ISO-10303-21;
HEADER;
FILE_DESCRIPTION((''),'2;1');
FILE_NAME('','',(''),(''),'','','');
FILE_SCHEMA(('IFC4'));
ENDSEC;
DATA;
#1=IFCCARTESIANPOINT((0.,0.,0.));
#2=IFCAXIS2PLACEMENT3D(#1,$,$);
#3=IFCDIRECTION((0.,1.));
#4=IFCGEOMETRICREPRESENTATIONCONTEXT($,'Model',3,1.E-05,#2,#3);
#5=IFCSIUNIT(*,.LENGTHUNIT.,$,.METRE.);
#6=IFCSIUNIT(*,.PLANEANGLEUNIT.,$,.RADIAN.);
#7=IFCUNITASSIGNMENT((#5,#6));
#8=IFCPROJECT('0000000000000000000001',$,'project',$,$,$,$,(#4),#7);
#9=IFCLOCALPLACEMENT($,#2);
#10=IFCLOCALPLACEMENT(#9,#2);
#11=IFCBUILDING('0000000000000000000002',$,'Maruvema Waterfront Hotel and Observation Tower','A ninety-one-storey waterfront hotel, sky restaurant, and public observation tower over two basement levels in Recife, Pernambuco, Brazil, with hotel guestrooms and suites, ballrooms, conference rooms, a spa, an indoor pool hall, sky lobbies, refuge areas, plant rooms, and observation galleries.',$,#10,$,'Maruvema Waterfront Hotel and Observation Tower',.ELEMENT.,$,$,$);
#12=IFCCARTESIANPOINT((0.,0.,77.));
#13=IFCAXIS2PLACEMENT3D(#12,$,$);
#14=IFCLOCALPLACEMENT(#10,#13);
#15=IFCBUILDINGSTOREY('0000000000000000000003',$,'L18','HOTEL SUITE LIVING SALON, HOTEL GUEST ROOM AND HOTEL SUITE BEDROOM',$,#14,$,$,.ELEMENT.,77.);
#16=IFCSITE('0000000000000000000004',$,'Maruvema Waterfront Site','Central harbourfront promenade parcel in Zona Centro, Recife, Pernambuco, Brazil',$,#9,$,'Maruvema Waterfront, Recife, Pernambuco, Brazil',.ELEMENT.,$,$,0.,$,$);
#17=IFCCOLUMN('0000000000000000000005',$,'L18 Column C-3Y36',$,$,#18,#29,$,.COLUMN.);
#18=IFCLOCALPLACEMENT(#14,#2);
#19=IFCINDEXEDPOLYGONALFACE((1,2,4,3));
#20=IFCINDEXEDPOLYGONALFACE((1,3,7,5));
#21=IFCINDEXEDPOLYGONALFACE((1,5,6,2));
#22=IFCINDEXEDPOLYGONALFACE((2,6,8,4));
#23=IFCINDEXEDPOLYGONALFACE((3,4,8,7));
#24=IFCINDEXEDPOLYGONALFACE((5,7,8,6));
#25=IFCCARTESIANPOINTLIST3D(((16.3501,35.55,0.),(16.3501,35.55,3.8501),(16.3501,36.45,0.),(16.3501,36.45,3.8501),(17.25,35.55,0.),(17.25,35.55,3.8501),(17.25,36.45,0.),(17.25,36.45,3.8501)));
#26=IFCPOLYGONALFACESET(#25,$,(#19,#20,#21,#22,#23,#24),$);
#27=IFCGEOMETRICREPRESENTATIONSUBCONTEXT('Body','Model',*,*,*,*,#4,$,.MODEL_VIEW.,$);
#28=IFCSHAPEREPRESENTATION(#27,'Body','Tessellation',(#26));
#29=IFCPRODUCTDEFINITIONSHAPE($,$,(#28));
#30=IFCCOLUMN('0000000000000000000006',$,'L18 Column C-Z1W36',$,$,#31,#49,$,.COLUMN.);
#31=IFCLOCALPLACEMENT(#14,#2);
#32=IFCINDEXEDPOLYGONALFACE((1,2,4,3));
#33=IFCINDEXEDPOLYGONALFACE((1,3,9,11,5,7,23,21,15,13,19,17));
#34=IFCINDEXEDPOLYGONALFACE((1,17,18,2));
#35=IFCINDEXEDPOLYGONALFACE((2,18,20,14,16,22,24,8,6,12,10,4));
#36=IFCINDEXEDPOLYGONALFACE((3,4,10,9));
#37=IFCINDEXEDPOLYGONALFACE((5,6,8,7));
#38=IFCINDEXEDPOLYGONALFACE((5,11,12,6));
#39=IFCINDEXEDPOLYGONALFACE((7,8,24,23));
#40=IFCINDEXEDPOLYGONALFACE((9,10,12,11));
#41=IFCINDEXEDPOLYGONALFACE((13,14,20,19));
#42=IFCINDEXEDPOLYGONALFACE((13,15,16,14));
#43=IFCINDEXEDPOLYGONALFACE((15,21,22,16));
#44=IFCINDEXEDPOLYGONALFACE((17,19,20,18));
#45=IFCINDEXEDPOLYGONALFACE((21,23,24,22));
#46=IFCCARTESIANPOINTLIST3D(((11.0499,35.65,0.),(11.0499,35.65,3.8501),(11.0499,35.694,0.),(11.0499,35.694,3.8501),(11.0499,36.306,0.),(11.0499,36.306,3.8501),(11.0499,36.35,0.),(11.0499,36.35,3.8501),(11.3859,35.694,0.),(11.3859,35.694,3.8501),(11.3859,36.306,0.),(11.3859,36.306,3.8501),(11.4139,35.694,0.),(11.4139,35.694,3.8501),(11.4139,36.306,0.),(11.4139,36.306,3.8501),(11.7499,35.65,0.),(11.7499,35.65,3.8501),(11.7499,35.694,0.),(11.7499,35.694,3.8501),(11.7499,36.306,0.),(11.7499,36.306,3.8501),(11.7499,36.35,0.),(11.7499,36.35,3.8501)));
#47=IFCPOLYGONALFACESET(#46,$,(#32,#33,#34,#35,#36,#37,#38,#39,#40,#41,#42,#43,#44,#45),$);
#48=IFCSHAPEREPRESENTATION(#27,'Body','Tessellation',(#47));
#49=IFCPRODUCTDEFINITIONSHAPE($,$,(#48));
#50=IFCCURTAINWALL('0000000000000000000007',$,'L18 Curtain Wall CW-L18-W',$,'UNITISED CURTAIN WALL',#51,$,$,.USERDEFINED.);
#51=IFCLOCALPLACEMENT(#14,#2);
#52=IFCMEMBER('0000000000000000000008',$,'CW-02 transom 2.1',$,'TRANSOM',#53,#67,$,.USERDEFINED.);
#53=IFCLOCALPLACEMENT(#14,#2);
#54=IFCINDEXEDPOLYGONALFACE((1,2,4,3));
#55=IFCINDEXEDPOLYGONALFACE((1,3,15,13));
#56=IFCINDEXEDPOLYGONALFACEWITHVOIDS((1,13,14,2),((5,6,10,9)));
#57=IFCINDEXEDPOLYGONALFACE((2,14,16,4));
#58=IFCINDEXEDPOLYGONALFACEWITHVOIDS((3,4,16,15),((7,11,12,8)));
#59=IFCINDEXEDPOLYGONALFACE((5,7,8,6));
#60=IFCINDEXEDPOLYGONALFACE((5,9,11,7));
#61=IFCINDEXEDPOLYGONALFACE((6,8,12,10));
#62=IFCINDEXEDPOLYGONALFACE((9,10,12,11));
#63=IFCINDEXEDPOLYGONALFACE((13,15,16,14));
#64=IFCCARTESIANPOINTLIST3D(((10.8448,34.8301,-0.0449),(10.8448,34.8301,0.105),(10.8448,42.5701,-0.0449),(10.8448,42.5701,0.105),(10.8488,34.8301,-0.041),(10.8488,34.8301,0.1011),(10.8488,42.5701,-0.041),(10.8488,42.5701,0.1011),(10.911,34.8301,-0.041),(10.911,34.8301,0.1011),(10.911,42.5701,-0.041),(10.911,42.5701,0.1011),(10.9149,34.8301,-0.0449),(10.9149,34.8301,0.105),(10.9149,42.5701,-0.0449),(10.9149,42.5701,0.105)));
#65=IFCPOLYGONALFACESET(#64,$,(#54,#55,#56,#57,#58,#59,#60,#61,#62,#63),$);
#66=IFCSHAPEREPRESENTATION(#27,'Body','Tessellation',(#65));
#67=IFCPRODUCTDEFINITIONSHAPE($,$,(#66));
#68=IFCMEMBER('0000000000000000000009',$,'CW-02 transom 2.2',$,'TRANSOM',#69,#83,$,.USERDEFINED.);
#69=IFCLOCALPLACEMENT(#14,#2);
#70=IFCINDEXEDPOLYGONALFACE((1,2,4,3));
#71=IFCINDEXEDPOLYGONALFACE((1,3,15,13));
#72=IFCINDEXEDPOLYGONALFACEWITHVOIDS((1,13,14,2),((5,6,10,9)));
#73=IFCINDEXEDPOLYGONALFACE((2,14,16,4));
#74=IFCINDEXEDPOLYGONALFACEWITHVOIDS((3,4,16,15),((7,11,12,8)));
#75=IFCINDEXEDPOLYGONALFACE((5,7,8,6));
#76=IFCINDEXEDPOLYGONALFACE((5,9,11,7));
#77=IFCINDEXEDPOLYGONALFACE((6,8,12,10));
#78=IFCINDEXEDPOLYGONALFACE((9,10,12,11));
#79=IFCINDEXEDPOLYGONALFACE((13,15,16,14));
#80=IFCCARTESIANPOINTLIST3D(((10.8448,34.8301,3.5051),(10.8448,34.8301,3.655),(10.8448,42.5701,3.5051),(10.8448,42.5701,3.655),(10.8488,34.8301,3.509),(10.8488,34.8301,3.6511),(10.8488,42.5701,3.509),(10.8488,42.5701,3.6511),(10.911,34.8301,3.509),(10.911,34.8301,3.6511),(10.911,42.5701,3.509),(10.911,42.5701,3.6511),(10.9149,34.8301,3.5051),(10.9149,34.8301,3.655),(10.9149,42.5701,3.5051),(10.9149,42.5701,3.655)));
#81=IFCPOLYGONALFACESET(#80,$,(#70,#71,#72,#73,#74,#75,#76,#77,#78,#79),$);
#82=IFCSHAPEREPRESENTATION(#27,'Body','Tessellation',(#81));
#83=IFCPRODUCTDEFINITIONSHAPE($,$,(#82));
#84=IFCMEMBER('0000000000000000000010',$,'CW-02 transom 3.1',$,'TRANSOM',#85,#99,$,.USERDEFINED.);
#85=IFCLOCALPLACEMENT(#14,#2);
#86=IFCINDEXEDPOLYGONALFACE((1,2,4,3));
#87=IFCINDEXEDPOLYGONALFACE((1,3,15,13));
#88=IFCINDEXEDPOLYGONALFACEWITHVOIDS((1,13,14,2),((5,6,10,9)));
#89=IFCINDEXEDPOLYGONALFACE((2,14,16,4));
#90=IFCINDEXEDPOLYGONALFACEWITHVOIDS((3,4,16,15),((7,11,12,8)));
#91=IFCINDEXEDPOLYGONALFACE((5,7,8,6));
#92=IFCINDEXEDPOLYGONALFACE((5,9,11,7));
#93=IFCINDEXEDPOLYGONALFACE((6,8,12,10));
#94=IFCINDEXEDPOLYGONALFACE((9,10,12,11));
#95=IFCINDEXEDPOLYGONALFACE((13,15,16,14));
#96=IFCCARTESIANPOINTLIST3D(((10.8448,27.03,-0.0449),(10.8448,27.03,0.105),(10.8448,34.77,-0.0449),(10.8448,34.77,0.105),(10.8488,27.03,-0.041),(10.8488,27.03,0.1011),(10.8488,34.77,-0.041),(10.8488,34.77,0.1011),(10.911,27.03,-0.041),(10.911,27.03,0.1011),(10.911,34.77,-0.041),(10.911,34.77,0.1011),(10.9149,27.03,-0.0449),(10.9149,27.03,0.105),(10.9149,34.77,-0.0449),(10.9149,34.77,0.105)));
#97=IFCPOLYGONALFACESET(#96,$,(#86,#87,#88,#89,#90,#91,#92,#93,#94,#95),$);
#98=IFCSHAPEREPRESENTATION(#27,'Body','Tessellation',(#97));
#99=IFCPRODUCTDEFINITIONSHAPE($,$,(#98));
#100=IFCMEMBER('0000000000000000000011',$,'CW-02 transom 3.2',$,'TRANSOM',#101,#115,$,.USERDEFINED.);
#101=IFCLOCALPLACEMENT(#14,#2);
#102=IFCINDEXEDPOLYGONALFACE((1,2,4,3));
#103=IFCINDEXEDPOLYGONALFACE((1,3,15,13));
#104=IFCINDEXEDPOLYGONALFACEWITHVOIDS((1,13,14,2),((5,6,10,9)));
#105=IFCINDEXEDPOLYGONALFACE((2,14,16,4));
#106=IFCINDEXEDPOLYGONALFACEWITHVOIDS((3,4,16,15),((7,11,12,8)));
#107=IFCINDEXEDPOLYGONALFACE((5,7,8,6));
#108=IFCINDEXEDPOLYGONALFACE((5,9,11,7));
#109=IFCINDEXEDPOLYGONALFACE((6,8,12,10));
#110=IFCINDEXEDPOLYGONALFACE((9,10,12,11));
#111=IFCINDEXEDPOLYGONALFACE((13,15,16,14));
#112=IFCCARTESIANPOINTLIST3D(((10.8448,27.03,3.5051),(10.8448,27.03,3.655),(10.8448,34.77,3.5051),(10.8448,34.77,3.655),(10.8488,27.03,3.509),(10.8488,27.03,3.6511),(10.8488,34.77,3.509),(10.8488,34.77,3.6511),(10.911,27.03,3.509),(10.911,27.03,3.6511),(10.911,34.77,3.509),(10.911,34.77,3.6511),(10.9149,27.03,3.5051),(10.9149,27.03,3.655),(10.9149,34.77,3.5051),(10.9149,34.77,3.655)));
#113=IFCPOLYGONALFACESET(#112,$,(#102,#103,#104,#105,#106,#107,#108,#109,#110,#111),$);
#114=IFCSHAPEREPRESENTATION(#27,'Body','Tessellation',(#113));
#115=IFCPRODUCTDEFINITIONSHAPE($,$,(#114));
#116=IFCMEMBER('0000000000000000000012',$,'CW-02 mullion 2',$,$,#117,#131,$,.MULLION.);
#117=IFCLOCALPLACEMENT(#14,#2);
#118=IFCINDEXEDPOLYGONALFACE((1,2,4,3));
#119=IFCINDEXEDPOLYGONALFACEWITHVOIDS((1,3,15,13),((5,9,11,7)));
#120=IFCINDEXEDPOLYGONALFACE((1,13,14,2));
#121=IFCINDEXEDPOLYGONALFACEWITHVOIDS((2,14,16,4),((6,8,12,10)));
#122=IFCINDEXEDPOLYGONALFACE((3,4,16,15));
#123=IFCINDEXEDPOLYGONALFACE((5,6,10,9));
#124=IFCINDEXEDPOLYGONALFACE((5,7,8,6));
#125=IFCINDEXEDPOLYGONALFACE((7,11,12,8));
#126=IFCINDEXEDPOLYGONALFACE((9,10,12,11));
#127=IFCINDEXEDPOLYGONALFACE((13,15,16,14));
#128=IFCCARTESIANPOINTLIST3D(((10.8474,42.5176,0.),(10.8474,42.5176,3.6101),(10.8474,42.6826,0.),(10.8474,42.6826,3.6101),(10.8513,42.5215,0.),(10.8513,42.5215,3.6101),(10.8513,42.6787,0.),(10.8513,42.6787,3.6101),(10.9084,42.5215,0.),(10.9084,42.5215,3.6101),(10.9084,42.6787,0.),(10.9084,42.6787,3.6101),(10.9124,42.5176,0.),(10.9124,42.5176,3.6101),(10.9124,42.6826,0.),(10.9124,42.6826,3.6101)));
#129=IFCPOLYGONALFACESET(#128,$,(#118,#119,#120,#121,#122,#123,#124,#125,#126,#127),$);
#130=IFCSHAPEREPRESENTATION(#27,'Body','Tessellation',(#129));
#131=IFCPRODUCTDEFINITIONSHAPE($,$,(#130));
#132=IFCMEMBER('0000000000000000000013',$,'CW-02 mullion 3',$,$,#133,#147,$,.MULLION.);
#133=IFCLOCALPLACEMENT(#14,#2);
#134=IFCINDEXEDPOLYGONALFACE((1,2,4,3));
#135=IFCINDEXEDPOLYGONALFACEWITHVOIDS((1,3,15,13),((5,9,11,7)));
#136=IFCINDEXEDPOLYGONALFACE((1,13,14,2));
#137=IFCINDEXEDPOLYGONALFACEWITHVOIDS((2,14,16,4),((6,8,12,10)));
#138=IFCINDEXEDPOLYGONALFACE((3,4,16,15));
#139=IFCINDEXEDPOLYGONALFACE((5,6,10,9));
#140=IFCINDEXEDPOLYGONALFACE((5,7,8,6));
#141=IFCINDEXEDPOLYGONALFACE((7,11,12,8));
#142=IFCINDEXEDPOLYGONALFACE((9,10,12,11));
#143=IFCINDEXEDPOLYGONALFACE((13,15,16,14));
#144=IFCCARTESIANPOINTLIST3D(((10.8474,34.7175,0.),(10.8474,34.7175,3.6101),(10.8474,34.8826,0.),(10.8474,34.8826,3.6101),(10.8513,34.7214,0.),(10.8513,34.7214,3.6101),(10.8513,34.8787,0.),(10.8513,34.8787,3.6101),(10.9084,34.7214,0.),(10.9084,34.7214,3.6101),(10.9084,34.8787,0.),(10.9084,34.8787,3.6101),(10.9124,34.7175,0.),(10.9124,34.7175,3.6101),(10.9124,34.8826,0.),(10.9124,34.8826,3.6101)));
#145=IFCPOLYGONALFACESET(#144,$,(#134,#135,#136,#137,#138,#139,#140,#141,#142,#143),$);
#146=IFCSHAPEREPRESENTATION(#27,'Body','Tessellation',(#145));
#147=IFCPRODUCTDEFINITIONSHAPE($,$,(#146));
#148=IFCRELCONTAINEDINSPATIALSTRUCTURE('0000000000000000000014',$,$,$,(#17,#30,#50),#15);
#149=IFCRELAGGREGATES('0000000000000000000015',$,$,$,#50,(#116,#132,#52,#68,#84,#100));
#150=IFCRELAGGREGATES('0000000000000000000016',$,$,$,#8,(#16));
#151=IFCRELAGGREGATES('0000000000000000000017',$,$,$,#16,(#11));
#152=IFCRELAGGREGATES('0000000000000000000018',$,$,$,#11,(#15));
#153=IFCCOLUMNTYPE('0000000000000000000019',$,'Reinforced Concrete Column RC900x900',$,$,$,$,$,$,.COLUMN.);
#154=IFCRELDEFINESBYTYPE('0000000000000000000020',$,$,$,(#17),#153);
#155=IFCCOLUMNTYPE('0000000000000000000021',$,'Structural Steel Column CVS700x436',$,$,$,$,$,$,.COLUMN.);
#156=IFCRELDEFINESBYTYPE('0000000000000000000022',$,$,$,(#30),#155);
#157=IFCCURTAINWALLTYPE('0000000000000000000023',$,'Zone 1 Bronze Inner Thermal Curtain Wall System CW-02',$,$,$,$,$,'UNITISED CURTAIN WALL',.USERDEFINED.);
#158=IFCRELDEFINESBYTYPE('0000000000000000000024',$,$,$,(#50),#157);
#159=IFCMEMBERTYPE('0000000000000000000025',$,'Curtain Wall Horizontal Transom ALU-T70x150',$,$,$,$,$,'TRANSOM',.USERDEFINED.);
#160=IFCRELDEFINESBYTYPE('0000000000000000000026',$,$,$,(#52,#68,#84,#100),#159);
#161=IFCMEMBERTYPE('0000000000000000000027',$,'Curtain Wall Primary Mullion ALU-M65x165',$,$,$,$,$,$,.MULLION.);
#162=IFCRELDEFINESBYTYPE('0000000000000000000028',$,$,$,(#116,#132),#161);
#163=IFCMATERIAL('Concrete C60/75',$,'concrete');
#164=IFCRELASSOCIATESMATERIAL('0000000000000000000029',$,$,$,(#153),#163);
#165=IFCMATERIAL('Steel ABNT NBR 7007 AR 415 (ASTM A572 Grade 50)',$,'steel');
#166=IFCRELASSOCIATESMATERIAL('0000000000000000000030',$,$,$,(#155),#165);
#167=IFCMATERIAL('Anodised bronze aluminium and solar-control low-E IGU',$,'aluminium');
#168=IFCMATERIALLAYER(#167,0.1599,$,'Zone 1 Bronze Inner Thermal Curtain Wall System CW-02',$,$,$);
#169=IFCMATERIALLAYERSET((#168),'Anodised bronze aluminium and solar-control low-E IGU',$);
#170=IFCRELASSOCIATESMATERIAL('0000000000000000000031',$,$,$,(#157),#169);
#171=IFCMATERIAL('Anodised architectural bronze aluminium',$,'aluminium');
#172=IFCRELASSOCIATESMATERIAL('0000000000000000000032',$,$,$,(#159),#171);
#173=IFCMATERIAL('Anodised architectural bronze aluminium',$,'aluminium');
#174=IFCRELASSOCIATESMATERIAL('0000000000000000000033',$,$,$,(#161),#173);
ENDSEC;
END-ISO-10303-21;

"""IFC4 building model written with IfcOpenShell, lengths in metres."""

from ifc_helpers import new_model, si_unit, direction, frame, origin, origin_2d, place, context, subcontext, project, spatial, rectangle, hollow_rectangle, i_section, extrude, material, layer, layer_set, material_profile, profile_set, type_object, element, aggregate, save


model = new_model("IFC4")

# Units and contexts
model_context = context("Model", 3, precision=1e-05, world=origin(), true_north=direction((0.0, 1.0)))
body_context = subcontext(model_context, "Body", "Model", "MODEL_VIEW")
ifc_project = project(units=[si_unit("LENGTHUNIT", "METRE"), si_unit("PLANEANGLEUNIT", "RADIAN")], contexts=[model_context])

# Site, building, storey
site_placement = place(None, origin())
site = spatial("IfcSite", under=ifc_project, at=site_placement, Name="Maruvema Waterfront Site", Description="Central harbourfront promenade parcel in Zona Centro, Recife, Pernambuco, Brazil", LongName="Maruvema Waterfront, Recife, Pernambuco, Brazil", CompositionType="ELEMENT", RefElevation=0.0)
building_placement = place(site_placement, origin())
building = spatial("IfcBuilding", under=site, at=building_placement, Name="Maruvema Waterfront Hotel and Observation Tower", Description="A ninety-one-storey waterfront hotel, sky restaurant, and public observation tower over two basement levels in Recife, Pernambuco, Brazil, with hotel guestrooms and suites, ballrooms, conference rooms, a spa, an indoor pool hall, sky lobbies, refuge areas, plant rooms, and observation galleries.", LongName="Maruvema Waterfront Hotel and Observation Tower", CompositionType="ELEMENT")
storey_placement = place(building_placement, frame((0.0, 0.0, 77.0)))
storey = spatial("IfcBuildingStorey", under=building, at=storey_placement, Name="L18", Description="HOTEL SUITE LIVING SALON, HOTEL GUEST ROOM AND HOTEL SUITE BEDROOM", CompositionType="ELEMENT", Elevation=77.0)

# Columns
ifc_material_1 = material(Name="Concrete C60/75", Category="concrete")
ifc_material_profile_1 = material_profile(ifc_material_1, rectangle(XDim=0.8999, YDim=0.8999, at=origin_2d()), Name="RC900x900")
ifc_profile_set_1 = profile_set([ifc_material_profile_1], Name="Concrete C60/75")
column_type_1 = type_object("IfcColumnType", Name="Reinforced Concrete Column RC900x900", PredefinedType="COLUMN", material=ifc_profile_set_1)
column_1_placement = place(storey_placement, frame((16.8, 36.0, 0.0), z_axis=(0.0, 0.0, 1.0), x_axis=(1.0, 0.0, 0.0)))
element("IfcColumn", 1, at=column_1_placement, inside=storey, type_object=column_type_1, Name="L18 Column C-3Y36", PredefinedType="COLUMN", context=body_context, shape_type="SweptSolid", body=[
    extrude(rectangle(XDim=0.8999, YDim=0.8999, at=origin_2d()), origin(), (0.0, 0.0, 1.0), 3.8501),
])
ifc_material_2 = material(Name="Steel ABNT NBR 7007 AR 415 (ASTM A572 Grade 50)", Category="steel")
ifc_material_profile_2 = material_profile(ifc_material_2, i_section(OverallWidth=0.7, OverallDepth=0.7, WebThickness=0.0281, FlangeThickness=0.0439, at=origin_2d()), Name="CVS700x436")
ifc_profile_set_2 = profile_set([ifc_material_profile_2], Name="Steel ABNT NBR 7007 AR 415 (ASTM A572 Grade 50)")
column_type_2 = type_object("IfcColumnType", Name="Structural Steel Column CVS700x436", PredefinedType="COLUMN", material=ifc_profile_set_2)
column_2_placement = place(storey_placement, frame((11.3999, 36.0, 0.0), z_axis=(0.0, 0.0, 1.0), x_axis=(1.0, 0.0, 0.0)))
element("IfcColumn", 2, at=column_2_placement, inside=storey, type_object=column_type_2, Name="L18 Column C-Z1W36", PredefinedType="COLUMN", context=body_context, shape_type="SweptSolid", body=[
    extrude(i_section(OverallWidth=0.7, OverallDepth=0.7, WebThickness=0.0281, FlangeThickness=0.0439, at=origin_2d()), origin(), (0.0, 0.0, 1.0), 3.8501),
])

# Curtain wall, members
ifc_material_3 = material(Name="Anodised bronze aluminium and solar-control low-E IGU", Category="aluminium")
ifc_layer_1 = layer(ifc_material_3, 0.1599, Name="Zone 1 Bronze Inner Thermal Curtain Wall System CW-02")
ifc_layer_set_1 = layer_set([ifc_layer_1], Name="Anodised bronze aluminium and solar-control low-E IGU")
curtain_wall_type = type_object("IfcCurtainWallType", Name="Zone 1 Bronze Inner Thermal Curtain Wall System CW-02", ElementType="UNITISED CURTAIN WALL", PredefinedType="USERDEFINED", material=ifc_layer_set_1)
curtain_wall_placement = place(storey_placement, origin())
curtain_wall = element("IfcCurtainWall", 3, at=curtain_wall_placement, inside=storey, type_object=curtain_wall_type, Name="L18 Curtain Wall CW-L18-W", ObjectType="UNITISED CURTAIN WALL", PredefinedType="USERDEFINED")
ifc_material_4 = material(Name="Anodised architectural bronze aluminium", Category="aluminium")
ifc_material_profile_3 = material_profile(ifc_material_4, hollow_rectangle(XDim=0.0701, YDim=0.1499, WallThickness=0.0039, at=origin_2d()), Name="ALU-T70x150")
ifc_profile_set_3 = profile_set([ifc_material_profile_3], Name="Anodised architectural bronze aluminium")
member_type_1 = type_object("IfcMemberType", Name="Curtain Wall Horizontal Transom ALU-T70x150", ElementType="TRANSOM", PredefinedType="USERDEFINED", material=ifc_profile_set_3)
member_1_placement = place(storey_placement, frame((10.8799, 42.5701, 0.03), z_axis=(0.0, -1.0, 0.0), x_axis=(1.0, 0.0, 0.0)))
member_1 = element("IfcMember", 4, at=member_1_placement, type_object=member_type_1, Name="CW-02 transom 2.1", ObjectType="TRANSOM", PredefinedType="USERDEFINED", context=body_context, shape_type="SweptSolid", body=[
    extrude(hollow_rectangle(XDim=0.0701, YDim=0.1499, WallThickness=0.0039, at=origin_2d()), origin(), (0.0, 0.0, 1.0), 7.74),
])
member_2_placement = place(storey_placement, frame((10.8799, 42.5701, 3.5801), z_axis=(0.0, -1.0, 0.0), x_axis=(1.0, 0.0, 0.0)))
member_2 = element("IfcMember", 5, at=member_2_placement, type_object=member_type_1, Name="CW-02 transom 2.2", ObjectType="TRANSOM", PredefinedType="USERDEFINED", context=body_context, shape_type="SweptSolid", body=[
    extrude(hollow_rectangle(XDim=0.0701, YDim=0.1499, WallThickness=0.0039, at=origin_2d()), origin(), (0.0, 0.0, 1.0), 7.74),
])
member_3_placement = place(storey_placement, frame((10.8799, 34.77, 0.03), z_axis=(0.0, -1.0, 0.0), x_axis=(1.0, 0.0, 0.0)))
member_3 = element("IfcMember", 6, at=member_3_placement, type_object=member_type_1, Name="CW-02 transom 3.1", ObjectType="TRANSOM", PredefinedType="USERDEFINED", context=body_context, shape_type="SweptSolid", body=[
    extrude(hollow_rectangle(XDim=0.0701, YDim=0.1499, WallThickness=0.0039, at=origin_2d()), origin(), (0.0, 0.0, 1.0), 7.74),
])
member_4_placement = place(storey_placement, frame((10.8799, 34.77, 3.5801), z_axis=(0.0, -1.0, 0.0), x_axis=(1.0, 0.0, 0.0)))
member_4 = element("IfcMember", 7, at=member_4_placement, type_object=member_type_1, Name="CW-02 transom 3.2", ObjectType="TRANSOM", PredefinedType="USERDEFINED", context=body_context, shape_type="SweptSolid", body=[
    extrude(hollow_rectangle(XDim=0.0701, YDim=0.1499, WallThickness=0.0039, at=origin_2d()), origin(), (0.0, 0.0, 1.0), 7.74),
])
ifc_material_5 = material(Name="Anodised architectural bronze aluminium", Category="aluminium")
ifc_material_profile_4 = material_profile(ifc_material_5, hollow_rectangle(XDim=0.0649, YDim=0.165, WallThickness=0.0039, at=origin_2d()), Name="ALU-M65x165")
ifc_profile_set_4 = profile_set([ifc_material_profile_4], Name="Anodised architectural bronze aluminium")
member_type_2 = type_object("IfcMemberType", Name="Curtain Wall Primary Mullion ALU-M65x165", PredefinedType="MULLION", material=ifc_profile_set_4)
member_5_placement = place(storey_placement, frame((10.8799, 42.6001, 0.0), z_axis=(0.0, 0.0, 1.0), x_axis=(1.0, 0.0, 0.0)))
member_5 = element("IfcMember", 8, at=member_5_placement, type_object=member_type_2, Name="CW-02 mullion 2", PredefinedType="MULLION", context=body_context, shape_type="SweptSolid", body=[
    extrude(hollow_rectangle(XDim=0.0649, YDim=0.165, WallThickness=0.0039, at=origin_2d()), origin(), (0.0, 0.0, 1.0), 3.6101),
])
member_6_placement = place(storey_placement, frame((10.8799, 34.8, 0.0), z_axis=(0.0, 0.0, 1.0), x_axis=(1.0, 0.0, 0.0)))
member_6 = element("IfcMember", 9, at=member_6_placement, type_object=member_type_2, Name="CW-02 mullion 3", PredefinedType="MULLION", context=body_context, shape_type="SweptSolid", body=[
    extrude(hollow_rectangle(XDim=0.0649, YDim=0.165, WallThickness=0.0039, at=origin_2d()), origin(), (0.0, 0.0, 1.0), 3.6101),
])

aggregate(curtain_wall, [member_5, member_6, member_1, member_2, member_3, member_4])

save(model, "model.ifc")
